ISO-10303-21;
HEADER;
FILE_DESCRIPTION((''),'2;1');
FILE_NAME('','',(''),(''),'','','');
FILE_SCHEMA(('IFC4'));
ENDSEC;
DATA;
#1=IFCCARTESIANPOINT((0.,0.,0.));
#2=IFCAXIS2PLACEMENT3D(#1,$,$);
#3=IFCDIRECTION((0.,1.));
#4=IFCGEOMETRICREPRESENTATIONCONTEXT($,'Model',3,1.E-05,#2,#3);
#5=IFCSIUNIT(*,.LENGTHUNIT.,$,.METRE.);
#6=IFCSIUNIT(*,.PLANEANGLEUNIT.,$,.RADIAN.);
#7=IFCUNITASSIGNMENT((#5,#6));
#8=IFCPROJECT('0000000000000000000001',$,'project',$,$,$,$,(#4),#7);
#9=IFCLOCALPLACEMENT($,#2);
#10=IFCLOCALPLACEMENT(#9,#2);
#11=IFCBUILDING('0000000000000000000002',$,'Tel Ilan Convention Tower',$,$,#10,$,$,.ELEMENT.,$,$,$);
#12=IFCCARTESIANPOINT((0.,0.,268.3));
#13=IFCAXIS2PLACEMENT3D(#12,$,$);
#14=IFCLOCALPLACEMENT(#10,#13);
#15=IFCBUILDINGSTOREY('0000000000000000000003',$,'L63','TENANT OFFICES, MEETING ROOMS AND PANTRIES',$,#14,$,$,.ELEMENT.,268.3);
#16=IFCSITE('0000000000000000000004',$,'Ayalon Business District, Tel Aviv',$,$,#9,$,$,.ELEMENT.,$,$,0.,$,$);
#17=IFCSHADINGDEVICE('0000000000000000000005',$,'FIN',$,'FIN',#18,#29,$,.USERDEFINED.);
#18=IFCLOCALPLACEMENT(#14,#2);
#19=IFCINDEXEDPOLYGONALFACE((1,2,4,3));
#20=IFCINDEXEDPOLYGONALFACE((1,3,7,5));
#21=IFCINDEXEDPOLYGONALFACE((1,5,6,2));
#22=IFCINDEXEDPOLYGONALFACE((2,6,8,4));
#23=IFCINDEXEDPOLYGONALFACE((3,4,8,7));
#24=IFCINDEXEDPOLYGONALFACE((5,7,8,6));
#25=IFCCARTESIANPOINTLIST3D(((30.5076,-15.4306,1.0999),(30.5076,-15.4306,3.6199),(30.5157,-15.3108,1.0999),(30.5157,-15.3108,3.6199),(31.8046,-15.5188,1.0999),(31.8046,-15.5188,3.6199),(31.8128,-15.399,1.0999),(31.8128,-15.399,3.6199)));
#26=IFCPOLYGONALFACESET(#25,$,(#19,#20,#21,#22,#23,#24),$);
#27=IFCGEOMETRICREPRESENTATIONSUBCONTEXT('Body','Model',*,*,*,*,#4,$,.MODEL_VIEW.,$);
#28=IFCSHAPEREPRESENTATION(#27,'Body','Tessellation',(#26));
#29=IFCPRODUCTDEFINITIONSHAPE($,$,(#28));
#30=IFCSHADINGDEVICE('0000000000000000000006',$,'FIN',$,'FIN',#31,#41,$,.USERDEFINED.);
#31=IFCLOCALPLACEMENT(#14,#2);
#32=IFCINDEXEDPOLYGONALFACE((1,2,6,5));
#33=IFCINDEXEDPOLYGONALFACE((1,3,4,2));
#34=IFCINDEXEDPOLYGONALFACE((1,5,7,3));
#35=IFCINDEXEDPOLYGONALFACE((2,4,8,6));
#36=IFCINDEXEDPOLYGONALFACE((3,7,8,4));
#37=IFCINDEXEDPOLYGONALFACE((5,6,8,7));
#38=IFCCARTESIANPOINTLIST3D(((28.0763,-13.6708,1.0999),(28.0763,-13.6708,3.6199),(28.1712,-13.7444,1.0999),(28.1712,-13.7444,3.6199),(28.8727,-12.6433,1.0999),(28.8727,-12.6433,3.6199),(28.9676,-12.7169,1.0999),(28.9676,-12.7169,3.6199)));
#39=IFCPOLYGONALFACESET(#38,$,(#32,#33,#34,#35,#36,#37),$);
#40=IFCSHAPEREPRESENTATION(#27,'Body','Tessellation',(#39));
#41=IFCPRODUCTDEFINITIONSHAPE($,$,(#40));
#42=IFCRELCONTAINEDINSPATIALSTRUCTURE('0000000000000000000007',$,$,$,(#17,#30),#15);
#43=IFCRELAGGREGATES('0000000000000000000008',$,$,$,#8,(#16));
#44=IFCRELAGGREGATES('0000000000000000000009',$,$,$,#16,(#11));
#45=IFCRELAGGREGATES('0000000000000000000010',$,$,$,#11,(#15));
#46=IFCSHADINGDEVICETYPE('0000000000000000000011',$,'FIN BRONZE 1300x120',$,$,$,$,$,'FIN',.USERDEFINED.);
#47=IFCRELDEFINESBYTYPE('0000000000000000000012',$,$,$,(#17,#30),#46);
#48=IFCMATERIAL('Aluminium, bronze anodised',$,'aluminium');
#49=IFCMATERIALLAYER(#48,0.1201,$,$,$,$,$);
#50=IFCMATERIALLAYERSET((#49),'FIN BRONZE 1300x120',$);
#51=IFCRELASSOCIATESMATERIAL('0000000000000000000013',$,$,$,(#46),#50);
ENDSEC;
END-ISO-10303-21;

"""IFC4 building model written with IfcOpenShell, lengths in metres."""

from ifc_helpers import new_model, si_unit, direction, frame, origin, origin_2d, place, context, subcontext, project, spatial, rectangle, extrude, material, layer, layer_set, type_object, element, save


model = new_model("IFC4")

# Units and contexts
model_context = context("Model", 3, precision=1e-05, world=origin(), true_north=direction((0.0, 1.0)))
body_context = subcontext(model_context, "Body", "Model", "MODEL_VIEW")
ifc_project = project(units=[si_unit("LENGTHUNIT", "METRE"), si_unit("PLANEANGLEUNIT", "RADIAN")], contexts=[model_context])

# Site, building, storey
site_placement = place(None, origin())
site = spatial("IfcSite", under=ifc_project, at=site_placement, Name="Ayalon Business District, Tel Aviv", CompositionType="ELEMENT", RefElevation=0.0)
building_placement = place(site_placement, origin())
building = spatial("IfcBuilding", under=site, at=building_placement, Name="Tel Ilan Convention Tower", CompositionType="ELEMENT")
storey_placement = place(building_placement, frame((0.0, 0.0, 268.3)))
storey = spatial("IfcBuildingStorey", under=building, at=storey_placement, Name="L63", Description="TENANT OFFICES, MEETING ROOMS AND PANTRIES", CompositionType="ELEMENT", Elevation=268.3)

# Shading devices
ifc_material_1 = material(Name="Aluminium, bronze anodised", Category="aluminium")
ifc_layer_1 = layer(ifc_material_1, 0.1201)
ifc_layer_set_1 = layer_set([ifc_layer_1], Name="FIN BRONZE 1300x120")
shading_device_type = type_object("IfcShadingDeviceType", Name="FIN BRONZE 1300x120", ElementType="FIN", PredefinedType="USERDEFINED", material=ifc_layer_set_1)
for number, where, z_axis, x_axis, name in (
    (1, (31.1602, -15.4148, 1.0999), (0.0, 0.0, 1.0), (0.997697, -0.067822, 0.0), "FIN"),
    (2, (28.522, -13.1938, 1.0999), (0.0, 0.0, 1.0), (0.612601, 0.790393, 0.0), "FIN"),
):
    element("IfcShadingDevice", number, at=place(storey_placement, frame(where, z_axis=z_axis, x_axis=x_axis)), inside=storey, type_object=shading_device_type, Name=name, ObjectType="FIN", PredefinedType="USERDEFINED", context=body_context, shape_type="SweptSolid", body=[
        extrude(rectangle(XDim=1.3, YDim=0.1201, at=origin_2d()), origin(), (0.0, 0.0, 1.0), 2.52),
    ])

save(model, "model.ifc")
